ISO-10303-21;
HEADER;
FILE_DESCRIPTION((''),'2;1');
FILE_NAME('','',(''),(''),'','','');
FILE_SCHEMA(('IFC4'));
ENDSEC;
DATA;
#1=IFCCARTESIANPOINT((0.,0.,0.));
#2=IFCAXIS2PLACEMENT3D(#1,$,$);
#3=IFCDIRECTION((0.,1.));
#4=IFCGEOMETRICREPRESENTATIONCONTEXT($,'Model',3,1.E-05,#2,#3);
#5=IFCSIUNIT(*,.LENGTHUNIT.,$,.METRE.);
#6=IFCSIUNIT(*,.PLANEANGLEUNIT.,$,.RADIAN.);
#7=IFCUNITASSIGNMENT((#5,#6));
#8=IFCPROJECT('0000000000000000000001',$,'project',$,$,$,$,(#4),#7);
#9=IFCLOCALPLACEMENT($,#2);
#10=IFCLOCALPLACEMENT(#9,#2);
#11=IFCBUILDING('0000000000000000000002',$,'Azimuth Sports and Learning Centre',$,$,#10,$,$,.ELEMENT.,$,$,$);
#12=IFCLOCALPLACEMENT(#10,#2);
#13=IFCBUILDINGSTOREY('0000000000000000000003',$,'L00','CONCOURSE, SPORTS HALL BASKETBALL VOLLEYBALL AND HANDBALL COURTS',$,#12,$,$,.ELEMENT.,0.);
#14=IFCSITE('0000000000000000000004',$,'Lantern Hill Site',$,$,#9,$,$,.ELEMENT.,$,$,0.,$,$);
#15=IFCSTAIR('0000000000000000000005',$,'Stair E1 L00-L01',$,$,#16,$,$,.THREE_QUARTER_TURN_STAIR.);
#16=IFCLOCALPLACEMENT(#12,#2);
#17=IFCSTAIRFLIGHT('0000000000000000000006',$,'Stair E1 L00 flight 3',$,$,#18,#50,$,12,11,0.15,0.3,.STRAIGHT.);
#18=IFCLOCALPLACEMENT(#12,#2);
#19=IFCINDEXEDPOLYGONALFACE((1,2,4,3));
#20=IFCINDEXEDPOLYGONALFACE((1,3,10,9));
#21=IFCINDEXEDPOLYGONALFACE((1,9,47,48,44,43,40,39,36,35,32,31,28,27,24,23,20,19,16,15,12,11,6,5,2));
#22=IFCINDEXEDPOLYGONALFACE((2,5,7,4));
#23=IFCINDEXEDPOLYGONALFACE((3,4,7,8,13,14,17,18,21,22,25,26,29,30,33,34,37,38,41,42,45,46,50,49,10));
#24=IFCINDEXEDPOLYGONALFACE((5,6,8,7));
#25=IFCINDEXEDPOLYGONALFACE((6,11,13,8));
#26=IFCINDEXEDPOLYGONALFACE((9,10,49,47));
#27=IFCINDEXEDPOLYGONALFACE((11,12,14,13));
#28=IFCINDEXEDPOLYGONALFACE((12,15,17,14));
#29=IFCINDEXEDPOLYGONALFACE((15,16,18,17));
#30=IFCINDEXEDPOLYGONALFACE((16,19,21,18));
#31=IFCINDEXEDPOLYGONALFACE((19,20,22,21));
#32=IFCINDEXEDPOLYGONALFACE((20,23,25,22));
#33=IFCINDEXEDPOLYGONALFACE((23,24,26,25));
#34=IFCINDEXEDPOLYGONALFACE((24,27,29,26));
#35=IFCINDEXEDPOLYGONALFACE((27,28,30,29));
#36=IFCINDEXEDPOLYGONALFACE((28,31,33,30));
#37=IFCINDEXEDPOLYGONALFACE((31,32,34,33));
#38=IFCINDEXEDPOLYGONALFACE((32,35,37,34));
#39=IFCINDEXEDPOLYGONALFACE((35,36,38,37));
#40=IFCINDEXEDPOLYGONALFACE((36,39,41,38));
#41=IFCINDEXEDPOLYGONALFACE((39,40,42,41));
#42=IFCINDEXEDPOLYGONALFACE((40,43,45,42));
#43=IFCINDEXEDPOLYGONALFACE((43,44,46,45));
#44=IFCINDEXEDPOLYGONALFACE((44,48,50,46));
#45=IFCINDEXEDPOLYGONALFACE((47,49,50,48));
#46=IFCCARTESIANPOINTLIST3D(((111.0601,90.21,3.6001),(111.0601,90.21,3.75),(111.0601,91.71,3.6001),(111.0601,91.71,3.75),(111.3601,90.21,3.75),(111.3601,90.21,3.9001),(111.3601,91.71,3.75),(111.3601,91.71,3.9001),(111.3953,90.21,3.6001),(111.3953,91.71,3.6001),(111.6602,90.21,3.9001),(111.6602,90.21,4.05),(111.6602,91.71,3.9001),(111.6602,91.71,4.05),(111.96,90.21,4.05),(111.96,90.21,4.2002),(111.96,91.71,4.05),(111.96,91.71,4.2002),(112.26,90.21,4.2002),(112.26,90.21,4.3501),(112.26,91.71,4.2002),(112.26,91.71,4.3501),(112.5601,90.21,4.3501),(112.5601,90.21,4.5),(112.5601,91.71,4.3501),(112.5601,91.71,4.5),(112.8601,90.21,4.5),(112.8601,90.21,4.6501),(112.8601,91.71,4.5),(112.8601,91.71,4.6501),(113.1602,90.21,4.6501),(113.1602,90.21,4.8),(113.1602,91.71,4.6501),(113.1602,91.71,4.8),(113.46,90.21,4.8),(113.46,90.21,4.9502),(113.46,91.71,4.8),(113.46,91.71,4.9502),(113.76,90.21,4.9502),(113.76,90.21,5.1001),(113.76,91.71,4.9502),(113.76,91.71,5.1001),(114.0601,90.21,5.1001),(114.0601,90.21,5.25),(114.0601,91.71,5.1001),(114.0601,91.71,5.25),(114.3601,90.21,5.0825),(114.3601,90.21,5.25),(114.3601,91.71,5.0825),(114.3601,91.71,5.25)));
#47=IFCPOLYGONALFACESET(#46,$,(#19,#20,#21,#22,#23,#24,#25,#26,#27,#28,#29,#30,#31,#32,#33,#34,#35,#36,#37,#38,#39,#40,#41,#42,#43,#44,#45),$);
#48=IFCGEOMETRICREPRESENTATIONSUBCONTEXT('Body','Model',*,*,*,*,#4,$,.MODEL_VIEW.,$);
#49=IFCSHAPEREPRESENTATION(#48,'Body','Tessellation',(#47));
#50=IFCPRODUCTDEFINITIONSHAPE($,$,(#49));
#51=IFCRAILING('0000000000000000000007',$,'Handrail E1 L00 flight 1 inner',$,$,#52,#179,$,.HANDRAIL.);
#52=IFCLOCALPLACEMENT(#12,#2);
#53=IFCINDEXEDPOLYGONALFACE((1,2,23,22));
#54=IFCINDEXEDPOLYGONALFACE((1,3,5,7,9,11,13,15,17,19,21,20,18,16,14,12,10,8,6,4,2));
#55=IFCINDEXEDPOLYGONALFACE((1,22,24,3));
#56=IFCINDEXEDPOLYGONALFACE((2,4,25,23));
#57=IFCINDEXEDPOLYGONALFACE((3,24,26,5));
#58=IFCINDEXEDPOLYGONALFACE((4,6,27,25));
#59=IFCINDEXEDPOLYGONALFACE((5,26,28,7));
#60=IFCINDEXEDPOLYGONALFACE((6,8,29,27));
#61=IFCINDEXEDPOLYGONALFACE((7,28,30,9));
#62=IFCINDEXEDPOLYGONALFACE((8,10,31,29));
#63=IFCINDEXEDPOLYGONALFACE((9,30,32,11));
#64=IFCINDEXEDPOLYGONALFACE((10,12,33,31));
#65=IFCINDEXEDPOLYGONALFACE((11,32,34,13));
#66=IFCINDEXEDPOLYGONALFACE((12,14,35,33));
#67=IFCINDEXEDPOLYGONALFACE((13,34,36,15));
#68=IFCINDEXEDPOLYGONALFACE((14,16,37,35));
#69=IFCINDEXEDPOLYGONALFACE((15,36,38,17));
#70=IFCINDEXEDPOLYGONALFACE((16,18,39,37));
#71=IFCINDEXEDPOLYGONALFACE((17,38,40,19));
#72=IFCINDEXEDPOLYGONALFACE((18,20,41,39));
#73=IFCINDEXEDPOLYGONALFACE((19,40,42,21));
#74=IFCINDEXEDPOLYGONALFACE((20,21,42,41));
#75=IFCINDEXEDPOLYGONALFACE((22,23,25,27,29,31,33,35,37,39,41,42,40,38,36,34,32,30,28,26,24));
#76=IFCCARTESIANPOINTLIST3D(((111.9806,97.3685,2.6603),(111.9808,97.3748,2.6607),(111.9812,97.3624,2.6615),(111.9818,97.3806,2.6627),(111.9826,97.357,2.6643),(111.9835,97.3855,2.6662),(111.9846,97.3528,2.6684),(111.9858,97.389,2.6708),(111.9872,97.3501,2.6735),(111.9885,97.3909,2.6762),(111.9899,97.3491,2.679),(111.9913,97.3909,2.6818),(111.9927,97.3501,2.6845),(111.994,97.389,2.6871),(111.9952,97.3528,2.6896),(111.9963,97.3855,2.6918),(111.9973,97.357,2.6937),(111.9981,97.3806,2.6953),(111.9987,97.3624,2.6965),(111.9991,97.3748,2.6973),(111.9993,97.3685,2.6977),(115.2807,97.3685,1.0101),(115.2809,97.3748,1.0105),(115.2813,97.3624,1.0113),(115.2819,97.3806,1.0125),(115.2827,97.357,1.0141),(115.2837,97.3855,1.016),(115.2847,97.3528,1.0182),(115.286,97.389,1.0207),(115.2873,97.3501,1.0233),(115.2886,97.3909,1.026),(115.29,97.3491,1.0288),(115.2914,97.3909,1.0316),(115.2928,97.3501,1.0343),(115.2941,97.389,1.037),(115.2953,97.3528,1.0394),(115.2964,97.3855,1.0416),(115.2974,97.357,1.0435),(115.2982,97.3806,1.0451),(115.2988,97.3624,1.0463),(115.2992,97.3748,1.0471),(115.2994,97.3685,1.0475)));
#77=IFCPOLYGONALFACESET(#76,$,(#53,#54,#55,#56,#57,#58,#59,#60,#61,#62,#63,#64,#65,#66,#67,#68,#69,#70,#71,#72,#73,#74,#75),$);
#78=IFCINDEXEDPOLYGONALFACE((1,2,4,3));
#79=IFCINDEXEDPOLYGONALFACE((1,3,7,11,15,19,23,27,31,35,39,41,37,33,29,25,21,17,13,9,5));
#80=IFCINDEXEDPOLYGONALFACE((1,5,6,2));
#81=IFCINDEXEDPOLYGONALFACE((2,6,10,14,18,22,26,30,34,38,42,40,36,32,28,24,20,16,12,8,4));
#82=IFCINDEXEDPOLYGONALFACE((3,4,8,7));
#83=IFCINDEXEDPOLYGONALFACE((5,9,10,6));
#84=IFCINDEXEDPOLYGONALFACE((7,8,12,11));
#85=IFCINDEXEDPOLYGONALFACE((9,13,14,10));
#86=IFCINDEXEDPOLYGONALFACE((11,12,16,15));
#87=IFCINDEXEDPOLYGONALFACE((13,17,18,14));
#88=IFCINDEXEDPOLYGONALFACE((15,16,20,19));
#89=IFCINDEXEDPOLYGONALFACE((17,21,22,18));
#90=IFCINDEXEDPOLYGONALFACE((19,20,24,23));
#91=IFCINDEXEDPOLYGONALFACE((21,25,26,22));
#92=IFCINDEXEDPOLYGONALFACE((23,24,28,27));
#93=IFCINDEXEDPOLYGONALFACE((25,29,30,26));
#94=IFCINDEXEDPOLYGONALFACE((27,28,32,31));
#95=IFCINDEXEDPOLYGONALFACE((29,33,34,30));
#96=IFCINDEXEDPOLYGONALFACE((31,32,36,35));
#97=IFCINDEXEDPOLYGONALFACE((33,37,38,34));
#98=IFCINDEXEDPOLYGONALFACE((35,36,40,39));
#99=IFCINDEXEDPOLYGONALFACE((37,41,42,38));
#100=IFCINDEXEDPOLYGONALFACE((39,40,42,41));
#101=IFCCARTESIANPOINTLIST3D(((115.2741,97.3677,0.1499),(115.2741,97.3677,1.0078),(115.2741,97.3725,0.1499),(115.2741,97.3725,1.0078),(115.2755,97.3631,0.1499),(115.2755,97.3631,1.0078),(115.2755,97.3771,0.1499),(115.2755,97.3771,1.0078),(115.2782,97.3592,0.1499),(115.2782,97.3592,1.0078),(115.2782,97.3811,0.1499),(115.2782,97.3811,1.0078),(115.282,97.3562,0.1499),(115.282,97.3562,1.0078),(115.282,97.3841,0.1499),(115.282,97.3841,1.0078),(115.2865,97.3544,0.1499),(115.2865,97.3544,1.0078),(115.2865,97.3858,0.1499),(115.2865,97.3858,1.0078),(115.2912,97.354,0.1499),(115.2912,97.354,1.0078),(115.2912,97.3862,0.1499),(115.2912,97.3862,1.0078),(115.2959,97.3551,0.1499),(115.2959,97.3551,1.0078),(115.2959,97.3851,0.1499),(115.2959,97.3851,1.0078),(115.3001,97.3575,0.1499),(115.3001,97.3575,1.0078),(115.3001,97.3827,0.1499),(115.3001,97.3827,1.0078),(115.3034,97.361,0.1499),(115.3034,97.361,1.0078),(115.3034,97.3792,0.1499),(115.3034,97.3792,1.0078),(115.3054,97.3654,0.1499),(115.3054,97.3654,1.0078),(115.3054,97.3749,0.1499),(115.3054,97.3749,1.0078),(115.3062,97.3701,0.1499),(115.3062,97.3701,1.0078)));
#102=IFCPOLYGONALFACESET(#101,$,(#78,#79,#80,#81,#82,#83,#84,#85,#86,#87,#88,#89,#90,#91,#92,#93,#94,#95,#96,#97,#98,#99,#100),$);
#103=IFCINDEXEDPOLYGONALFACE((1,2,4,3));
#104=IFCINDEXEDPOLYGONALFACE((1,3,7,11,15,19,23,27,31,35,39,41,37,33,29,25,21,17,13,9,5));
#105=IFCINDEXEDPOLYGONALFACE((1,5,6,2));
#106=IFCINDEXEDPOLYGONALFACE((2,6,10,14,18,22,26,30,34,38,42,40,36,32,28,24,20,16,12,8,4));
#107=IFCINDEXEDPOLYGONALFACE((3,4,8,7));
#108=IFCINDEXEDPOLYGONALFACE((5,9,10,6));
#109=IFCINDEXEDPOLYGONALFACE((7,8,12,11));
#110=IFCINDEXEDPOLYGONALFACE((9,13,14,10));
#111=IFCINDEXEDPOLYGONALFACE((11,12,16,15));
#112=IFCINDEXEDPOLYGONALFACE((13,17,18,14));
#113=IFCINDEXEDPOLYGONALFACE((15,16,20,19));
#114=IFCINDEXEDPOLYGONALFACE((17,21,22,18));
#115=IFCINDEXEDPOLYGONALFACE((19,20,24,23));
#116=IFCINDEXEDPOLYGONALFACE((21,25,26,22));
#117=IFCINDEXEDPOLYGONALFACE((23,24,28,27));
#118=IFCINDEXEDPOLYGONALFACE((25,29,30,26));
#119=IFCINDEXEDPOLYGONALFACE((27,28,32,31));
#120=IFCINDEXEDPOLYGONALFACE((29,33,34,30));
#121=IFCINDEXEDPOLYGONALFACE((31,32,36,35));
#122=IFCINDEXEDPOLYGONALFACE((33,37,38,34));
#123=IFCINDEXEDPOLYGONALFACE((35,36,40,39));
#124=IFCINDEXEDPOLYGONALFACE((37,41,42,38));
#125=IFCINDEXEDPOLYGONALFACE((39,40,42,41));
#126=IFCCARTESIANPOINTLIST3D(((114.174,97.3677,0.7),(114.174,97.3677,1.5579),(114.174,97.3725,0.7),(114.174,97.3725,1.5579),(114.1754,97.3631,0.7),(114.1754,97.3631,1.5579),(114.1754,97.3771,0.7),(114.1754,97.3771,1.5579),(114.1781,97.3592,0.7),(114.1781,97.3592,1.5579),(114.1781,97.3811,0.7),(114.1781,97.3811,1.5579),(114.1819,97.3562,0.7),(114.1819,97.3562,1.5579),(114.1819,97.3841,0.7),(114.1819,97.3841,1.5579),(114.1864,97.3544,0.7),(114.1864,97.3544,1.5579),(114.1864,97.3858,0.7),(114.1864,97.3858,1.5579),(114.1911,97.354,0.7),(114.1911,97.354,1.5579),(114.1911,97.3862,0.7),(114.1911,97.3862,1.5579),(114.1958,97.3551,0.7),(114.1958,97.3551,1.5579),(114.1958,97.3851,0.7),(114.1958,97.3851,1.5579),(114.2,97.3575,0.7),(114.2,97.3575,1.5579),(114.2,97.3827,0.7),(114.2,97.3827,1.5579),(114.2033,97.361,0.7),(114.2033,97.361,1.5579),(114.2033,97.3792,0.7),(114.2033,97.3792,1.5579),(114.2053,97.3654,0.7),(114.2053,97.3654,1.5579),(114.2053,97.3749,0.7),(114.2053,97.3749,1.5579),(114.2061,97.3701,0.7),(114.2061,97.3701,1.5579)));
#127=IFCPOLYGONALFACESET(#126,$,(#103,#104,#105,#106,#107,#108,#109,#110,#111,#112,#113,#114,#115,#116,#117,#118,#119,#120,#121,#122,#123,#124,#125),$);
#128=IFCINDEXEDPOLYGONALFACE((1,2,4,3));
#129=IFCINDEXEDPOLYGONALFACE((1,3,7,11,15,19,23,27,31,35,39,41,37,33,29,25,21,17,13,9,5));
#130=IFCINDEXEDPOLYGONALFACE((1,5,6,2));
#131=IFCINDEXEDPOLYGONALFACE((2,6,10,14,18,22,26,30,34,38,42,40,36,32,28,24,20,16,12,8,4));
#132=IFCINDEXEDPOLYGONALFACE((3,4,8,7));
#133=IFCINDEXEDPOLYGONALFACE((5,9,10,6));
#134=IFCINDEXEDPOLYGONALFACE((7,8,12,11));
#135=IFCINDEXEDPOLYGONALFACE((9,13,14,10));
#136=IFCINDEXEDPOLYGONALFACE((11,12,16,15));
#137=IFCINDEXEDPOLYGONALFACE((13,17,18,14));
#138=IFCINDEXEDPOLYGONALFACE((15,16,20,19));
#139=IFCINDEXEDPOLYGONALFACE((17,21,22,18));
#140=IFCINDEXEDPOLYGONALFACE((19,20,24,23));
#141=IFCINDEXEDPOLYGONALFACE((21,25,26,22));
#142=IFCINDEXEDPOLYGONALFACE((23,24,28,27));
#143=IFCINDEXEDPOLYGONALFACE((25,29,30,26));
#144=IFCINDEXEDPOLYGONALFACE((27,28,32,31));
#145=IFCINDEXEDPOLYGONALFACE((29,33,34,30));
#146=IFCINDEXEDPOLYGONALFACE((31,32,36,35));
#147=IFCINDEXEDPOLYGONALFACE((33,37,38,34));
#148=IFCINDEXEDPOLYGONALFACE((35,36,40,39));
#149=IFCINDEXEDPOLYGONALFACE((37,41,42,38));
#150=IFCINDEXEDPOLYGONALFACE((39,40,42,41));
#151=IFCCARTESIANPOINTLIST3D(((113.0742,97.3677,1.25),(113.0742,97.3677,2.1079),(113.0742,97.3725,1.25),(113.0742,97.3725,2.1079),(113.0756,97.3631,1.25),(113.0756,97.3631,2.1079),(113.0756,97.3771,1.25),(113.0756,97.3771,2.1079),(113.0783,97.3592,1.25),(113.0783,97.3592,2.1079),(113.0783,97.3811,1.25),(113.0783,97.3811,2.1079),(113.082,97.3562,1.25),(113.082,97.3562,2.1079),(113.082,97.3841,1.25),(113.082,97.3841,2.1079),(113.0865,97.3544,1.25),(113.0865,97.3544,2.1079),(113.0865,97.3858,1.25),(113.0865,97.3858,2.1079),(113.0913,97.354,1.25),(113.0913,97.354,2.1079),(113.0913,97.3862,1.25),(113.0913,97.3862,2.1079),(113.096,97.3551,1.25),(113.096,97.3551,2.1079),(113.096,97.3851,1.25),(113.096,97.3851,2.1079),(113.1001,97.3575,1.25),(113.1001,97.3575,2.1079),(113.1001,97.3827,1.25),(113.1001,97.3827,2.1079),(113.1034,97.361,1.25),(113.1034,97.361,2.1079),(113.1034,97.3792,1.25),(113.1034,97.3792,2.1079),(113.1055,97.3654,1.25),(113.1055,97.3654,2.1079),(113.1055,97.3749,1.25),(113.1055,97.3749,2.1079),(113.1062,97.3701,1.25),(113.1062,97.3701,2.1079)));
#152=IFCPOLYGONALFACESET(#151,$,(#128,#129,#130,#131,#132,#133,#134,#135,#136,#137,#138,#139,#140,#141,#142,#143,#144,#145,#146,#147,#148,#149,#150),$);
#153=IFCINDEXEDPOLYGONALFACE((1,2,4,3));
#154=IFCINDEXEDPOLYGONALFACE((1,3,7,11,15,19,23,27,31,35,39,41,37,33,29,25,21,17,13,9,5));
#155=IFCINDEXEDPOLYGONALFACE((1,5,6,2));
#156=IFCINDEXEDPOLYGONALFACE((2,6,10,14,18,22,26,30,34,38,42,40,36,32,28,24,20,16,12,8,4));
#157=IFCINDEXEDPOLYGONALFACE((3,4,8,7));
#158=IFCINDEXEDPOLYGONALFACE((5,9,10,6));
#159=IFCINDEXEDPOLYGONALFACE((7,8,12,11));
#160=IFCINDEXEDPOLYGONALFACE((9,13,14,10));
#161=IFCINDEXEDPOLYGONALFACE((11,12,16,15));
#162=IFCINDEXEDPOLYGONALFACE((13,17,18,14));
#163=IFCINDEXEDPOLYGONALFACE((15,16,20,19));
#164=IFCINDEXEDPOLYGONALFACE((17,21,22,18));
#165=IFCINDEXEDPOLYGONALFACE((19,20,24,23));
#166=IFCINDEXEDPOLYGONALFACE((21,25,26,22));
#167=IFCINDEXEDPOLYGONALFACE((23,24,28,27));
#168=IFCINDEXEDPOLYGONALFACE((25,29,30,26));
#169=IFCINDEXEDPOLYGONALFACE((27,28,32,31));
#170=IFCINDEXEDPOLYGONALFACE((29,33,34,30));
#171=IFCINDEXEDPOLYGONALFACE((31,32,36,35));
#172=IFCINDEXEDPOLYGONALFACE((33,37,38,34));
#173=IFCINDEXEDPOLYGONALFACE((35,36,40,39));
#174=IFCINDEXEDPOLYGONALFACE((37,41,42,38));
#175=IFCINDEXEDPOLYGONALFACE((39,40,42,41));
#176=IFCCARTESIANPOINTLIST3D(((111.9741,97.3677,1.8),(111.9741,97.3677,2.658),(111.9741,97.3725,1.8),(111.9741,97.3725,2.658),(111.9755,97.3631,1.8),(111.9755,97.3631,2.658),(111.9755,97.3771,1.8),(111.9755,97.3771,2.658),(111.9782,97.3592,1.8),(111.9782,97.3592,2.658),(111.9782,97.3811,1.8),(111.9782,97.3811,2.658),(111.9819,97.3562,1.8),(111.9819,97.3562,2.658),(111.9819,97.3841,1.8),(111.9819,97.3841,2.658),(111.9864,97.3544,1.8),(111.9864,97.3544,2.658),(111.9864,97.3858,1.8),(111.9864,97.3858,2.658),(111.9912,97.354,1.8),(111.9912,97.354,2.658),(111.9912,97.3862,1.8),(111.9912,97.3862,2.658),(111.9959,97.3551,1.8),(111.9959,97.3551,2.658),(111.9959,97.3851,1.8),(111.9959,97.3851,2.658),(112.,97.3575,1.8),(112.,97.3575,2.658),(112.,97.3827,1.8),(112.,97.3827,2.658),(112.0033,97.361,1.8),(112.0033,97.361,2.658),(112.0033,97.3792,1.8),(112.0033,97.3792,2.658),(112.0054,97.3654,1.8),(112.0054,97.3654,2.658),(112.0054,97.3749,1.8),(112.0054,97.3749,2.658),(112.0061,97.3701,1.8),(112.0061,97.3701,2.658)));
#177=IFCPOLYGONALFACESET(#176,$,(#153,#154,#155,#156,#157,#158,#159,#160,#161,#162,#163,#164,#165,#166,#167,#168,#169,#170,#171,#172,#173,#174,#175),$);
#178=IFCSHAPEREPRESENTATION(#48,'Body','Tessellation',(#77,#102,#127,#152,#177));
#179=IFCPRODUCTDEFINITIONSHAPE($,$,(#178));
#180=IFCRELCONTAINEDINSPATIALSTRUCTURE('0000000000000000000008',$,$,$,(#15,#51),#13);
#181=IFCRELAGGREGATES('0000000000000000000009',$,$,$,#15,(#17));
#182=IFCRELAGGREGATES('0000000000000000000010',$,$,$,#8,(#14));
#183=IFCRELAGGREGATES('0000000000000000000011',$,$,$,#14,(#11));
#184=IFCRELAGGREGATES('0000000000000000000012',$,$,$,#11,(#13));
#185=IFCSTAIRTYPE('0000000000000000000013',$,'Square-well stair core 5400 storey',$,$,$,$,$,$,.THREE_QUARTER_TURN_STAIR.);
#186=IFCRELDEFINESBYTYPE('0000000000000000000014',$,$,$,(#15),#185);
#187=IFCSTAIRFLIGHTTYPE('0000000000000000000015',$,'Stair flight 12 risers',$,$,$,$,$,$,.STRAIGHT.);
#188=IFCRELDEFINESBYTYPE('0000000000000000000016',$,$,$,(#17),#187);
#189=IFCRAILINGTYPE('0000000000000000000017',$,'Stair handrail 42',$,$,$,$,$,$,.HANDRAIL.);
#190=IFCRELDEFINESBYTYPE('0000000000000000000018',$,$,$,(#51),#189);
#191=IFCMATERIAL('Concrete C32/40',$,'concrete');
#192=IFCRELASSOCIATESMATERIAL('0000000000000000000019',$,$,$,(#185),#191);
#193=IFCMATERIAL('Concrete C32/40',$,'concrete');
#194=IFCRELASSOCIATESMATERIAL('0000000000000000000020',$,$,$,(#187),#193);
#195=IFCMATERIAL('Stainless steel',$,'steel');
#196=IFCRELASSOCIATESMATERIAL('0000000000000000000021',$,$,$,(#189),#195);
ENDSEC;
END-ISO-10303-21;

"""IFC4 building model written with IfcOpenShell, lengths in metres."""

from ifc_helpers import new_model, si_unit, direction, frame, origin, origin_2d, place, context, subcontext, project, spatial, polyline, circle, outline, extrude, material, type_object, element, aggregate, save


model = new_model("IFC4")

# Units and contexts
model_context = context("Model", 3, precision=1e-05, world=origin(), true_north=direction((0.0, 1.0)))
body_context = subcontext(model_context, "Body", "Model", "MODEL_VIEW")
ifc_project = project(units=[si_unit("LENGTHUNIT", "METRE"), si_unit("PLANEANGLEUNIT", "RADIAN")], contexts=[model_context])

# Site, building, storey
site_placement = place(None, origin())
site = spatial("IfcSite", under=ifc_project, at=site_placement, Name="Lantern Hill Site", CompositionType="ELEMENT", RefElevation=0.0)
building_placement = place(site_placement, origin())
building = spatial("IfcBuilding", under=site, at=building_placement, Name="Azimuth Sports and Learning Centre", CompositionType="ELEMENT")
storey_placement = place(building_placement, origin())
storey = spatial("IfcBuildingStorey", under=building, at=storey_placement, Name="L00", Description="CONCOURSE, SPORTS HALL BASKETBALL VOLLEYBALL AND HANDBALL COURTS", CompositionType="ELEMENT", Elevation=0.0)

# Stair, stair flight
ifc_material_1 = material(Name="Concrete C32/40", Category="concrete")
stair_type = type_object("IfcStairType", Name="Square-well stair core 5400 storey", PredefinedType="THREE_QUARTER_TURN_STAIR", material=ifc_material_1)
stair_placement = place(storey_placement, origin())
stair = element("IfcStair", 1, at=stair_placement, inside=storey, type_object=stair_type, Name="Stair E1 L00-L01", PredefinedType="THREE_QUARTER_TURN_STAIR")
ifc_material_2 = material(Name="Concrete C32/40", Category="concrete")
stair_flight_type = type_object("IfcStairFlightType", Name="Stair flight 12 risers", PredefinedType="STRAIGHT", material=ifc_material_2)
stair_flight_1_placement = place(storey_placement, frame((111.0601, 90.96, 3.6001), z_axis=(0.0, 0.0, 1.0), x_axis=(1.0, 0.0, 0.0)))
stair_flight_1 = element("IfcStairFlight", 2, at=stair_flight_1_placement, type_object=stair_flight_type, Name="Stair E1 L00 flight 3", NumberOfRisers=12, NumberOfTreads=11, PredefinedType="STRAIGHT", RiserHeight=0.15, TreadLength=0.3, context=body_context, shape_type="SweptSolid", body=[
    extrude(outline(polyline([(0.0, 0.0), (0.0, 0.1499), (0.3, 0.1499), (0.3, 0.3), (0.6001, 0.3), (0.6001, 0.45), (0.8999, 0.45), (0.8999, 0.6001), (1.2, 0.6001), (1.2, 0.75), (1.5, 0.75), (1.5, 0.8999), (1.8, 0.8999), (1.8, 1.05), (2.1001, 1.05), (2.1001, 1.2), (2.3999, 1.2), (2.3999, 1.3501), (2.7, 1.3501), (2.7, 1.5), (3.0, 1.5), (3.0, 1.6499), (3.3, 1.6499), (3.3, 1.8), (3.3, 1.4824), (0.3352, 0.0), (0.0, 0.0)])), frame((0.0, 0.75, 0.0), z_axis=(0.0, -1.0, 0.0), x_axis=(1.0, 0.0, 0.0)), (0.0, 0.0, 1.0), 1.5),
])
aggregate(stair, [stair_flight_1])

# Railing
ifc_material_3 = material(Name="Stainless steel", Category="steel")
railing_type_1 = type_object("IfcRailingType", Name="Stair handrail 42", PredefinedType="HANDRAIL", material=ifc_material_3)
for number, where, name in (
    (3, (115.29, 97.3701, 0.1499), "Handrail E1 L00 flight 1 inner"),
):
    element("IfcRailing", number, at=place(storey_placement, frame(where)), inside=storey, type_object=railing_type_1, Name=name, PredefinedType="HANDRAIL", context=body_context, shape_type="SweptSolid", body=[
        extrude(circle(Radius=0.021, at=origin_2d()), frame((0.0, 0.0, 0.8789), z_axis=(-0.894414, 0.0, 0.44724), x_axis=(0.0, -1.0, 0.0)), (0.0, 0.0, 1.0), 3.6897),
        extrude(circle(Radius=0.0161, at=origin_2d()), origin(), (0.0, 0.0, 1.0), 0.8579),
        extrude(circle(Radius=0.0161, at=origin_2d()), frame((-1.1001, 0.0, 0.55)), (0.0, 0.0, 1.0), 0.8579),
        extrude(circle(Radius=0.0161, at=origin_2d()), frame((-2.2, 0.0, 1.1001)), (0.0, 0.0, 1.0), 0.8579),
        extrude(circle(Radius=0.0161, at=origin_2d()), frame((-3.3, 0.0, 1.6501)), (0.0, 0.0, 1.0), 0.8579),
    ])

save(model, "model.ifc")
